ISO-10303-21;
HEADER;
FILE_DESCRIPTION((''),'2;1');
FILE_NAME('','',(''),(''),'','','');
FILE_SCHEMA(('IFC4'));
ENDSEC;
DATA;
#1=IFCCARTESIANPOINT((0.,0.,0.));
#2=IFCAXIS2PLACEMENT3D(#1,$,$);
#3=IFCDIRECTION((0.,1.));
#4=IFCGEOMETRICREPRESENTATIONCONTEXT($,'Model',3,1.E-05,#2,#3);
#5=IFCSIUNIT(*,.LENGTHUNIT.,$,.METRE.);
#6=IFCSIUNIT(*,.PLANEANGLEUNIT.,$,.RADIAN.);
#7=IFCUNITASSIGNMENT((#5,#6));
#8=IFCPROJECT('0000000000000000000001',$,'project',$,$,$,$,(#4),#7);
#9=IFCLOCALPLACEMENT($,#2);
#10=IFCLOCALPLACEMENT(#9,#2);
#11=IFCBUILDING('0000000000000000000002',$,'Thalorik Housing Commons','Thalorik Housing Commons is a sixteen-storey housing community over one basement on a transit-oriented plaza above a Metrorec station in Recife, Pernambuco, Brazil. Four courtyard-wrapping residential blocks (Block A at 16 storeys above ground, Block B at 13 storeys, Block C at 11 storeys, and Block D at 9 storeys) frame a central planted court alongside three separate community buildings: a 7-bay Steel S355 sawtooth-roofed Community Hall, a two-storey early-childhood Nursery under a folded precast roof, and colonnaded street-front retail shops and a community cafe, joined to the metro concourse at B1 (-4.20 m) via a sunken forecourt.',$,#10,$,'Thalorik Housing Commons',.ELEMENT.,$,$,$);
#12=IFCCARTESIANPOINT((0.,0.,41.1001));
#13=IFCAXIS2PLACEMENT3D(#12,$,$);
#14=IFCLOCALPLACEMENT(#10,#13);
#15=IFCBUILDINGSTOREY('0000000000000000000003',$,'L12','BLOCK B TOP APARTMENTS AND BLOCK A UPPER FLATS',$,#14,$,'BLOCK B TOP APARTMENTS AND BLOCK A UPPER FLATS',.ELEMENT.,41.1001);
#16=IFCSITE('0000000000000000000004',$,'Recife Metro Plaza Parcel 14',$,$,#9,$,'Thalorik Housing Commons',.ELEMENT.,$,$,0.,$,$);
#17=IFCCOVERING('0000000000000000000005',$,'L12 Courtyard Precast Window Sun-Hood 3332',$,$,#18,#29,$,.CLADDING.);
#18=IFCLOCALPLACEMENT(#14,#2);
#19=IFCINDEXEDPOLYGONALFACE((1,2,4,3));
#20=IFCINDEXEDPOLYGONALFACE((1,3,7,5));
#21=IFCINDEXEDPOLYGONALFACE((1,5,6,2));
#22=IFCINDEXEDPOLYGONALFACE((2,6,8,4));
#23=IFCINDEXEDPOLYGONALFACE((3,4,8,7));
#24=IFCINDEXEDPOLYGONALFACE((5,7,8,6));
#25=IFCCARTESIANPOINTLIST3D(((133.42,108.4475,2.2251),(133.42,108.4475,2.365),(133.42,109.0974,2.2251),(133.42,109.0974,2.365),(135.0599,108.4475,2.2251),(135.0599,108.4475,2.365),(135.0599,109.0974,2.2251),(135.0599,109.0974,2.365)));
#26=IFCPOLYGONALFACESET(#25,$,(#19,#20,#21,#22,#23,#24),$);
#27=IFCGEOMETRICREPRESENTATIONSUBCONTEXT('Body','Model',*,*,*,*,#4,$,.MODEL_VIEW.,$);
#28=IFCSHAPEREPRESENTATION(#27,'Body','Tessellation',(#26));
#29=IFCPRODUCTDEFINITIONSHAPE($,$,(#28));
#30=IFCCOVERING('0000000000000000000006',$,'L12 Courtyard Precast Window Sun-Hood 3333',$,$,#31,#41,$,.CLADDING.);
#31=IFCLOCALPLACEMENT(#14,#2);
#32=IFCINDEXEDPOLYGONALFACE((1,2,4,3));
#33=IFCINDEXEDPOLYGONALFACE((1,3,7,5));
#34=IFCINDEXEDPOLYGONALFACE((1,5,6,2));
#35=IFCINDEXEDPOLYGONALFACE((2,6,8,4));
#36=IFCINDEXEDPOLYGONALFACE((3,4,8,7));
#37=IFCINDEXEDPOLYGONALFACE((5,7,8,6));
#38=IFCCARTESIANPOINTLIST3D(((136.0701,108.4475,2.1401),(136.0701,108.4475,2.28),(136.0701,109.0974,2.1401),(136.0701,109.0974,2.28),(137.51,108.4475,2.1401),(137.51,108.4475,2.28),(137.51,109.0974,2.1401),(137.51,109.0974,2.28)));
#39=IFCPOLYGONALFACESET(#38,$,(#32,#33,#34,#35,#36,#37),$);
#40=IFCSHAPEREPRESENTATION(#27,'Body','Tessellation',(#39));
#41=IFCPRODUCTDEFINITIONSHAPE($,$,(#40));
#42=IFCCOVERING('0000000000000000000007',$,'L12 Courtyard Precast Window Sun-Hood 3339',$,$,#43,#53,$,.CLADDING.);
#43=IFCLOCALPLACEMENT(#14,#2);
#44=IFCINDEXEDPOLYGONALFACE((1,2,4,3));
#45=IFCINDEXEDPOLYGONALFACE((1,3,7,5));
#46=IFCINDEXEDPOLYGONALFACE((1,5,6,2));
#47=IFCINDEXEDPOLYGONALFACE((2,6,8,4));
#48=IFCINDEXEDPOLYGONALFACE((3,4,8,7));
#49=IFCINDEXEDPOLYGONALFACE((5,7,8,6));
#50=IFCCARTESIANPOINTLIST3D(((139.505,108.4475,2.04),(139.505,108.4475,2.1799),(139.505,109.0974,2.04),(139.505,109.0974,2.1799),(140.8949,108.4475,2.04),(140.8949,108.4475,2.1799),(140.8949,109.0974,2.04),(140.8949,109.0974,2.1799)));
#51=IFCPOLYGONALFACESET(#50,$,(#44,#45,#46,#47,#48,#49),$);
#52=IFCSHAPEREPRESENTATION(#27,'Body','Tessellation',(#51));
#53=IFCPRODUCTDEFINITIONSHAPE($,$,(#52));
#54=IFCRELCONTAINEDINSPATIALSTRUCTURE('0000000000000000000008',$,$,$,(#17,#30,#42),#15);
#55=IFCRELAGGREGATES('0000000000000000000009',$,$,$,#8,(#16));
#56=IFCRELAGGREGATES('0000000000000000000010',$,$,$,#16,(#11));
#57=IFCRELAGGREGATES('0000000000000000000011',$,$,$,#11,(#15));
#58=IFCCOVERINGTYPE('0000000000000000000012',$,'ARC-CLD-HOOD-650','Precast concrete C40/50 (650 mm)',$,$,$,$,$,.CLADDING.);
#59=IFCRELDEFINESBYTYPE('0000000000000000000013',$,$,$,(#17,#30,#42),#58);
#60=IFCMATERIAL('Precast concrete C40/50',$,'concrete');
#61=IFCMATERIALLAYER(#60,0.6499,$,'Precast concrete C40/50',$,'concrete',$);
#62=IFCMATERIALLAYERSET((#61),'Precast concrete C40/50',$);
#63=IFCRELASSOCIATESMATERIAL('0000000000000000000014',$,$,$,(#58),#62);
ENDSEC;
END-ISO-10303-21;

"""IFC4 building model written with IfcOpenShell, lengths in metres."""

from ifc_helpers import new_model, si_unit, direction, frame, origin, origin_2d, place, context, subcontext, project, spatial, rectangle, extrude, material, layer, layer_set, type_object, element, save


model = new_model("IFC4")

# Units and contexts
model_context = context("Model", 3, precision=1e-05, world=origin(), true_north=direction((0.0, 1.0)))
body_context = subcontext(model_context, "Body", "Model", "MODEL_VIEW")
ifc_project = project(units=[si_unit("LENGTHUNIT", "METRE"), si_unit("PLANEANGLEUNIT", "RADIAN")], contexts=[model_context])

# Site, building, storey
site_placement = place(None, origin())
site = spatial("IfcSite", under=ifc_project, at=site_placement, Name="Recife Metro Plaza Parcel 14", LongName="Thalorik Housing Commons", CompositionType="ELEMENT", RefElevation=0.0)
building_placement = place(site_placement, origin())
building = spatial("IfcBuilding", under=site, at=building_placement, Name="Thalorik Housing Commons", Description="Thalorik Housing Commons is a sixteen-storey housing community over one basement on a transit-oriented plaza above a Metrorec station in Recife, Pernambuco, Brazil. Four courtyard-wrapping residential blocks (Block A at 16 storeys above ground, Block B at 13 storeys, Block C at 11 storeys, and Block D at 9 storeys) frame a central planted court alongside three separate community buildings: a 7-bay Steel S355 sawtooth-roofed Community Hall, a two-storey early-childhood Nursery under a folded precast roof, and colonnaded street-front retail shops and a community cafe, joined to the metro concourse at B1 (-4.20 m) via a sunken forecourt.", LongName="Thalorik Housing Commons", CompositionType="ELEMENT")
storey_placement = place(building_placement, frame((0.0, 0.0, 41.1001)))
storey = spatial("IfcBuildingStorey", under=building, at=storey_placement, Name="L12", Description="BLOCK B TOP APARTMENTS AND BLOCK A UPPER FLATS", LongName="BLOCK B TOP APARTMENTS AND BLOCK A UPPER FLATS", CompositionType="ELEMENT", Elevation=41.1001)

# Shared definitions
ifc_material_1 = material(Name="Precast concrete C40/50", Category="concrete")

# Coverings
ifc_layer_1 = layer(ifc_material_1, 0.6499, Name="Precast concrete C40/50", Category="concrete")
ifc_layer_set_1 = layer_set([ifc_layer_1], Name="Precast concrete C40/50")
covering_type_1 = type_object("IfcCoveringType", Name="ARC-CLD-HOOD-650", Description="Precast concrete C40/50 (650 mm)", PredefinedType="CLADDING", material=ifc_layer_set_1)
covering_1_placement = place(storey_placement, frame((134.24, 108.7725, 2.2251), z_axis=(0.0, 0.0, 1.0), x_axis=(1.0, 0.0, 0.0)))
element("IfcCovering", 1, at=covering_1_placement, inside=storey, type_object=covering_type_1, Name="L12 Courtyard Precast Window Sun-Hood 3332", PredefinedType="CLADDING", context=body_context, shape_type="SweptSolid", body=[
    extrude(rectangle(XDim=1.6399, YDim=0.6499, at=origin_2d()), origin(), (0.0, 0.0, 1.0), 0.1399),
])
covering_2_placement = place(storey_placement, frame((136.79, 108.7725, 2.1401), z_axis=(0.0, 0.0, 1.0), x_axis=(1.0, 0.0, 0.0)))
element("IfcCovering", 2, at=covering_2_placement, inside=storey, type_object=covering_type_1, Name="L12 Courtyard Precast Window Sun-Hood 3333", PredefinedType="CLADDING", context=body_context, shape_type="SweptSolid", body=[
    extrude(rectangle(XDim=1.4399, YDim=0.6499, at=origin_2d()), origin(), (0.0, 0.0, 1.0), 0.1399),
])
covering_3_placement = place(storey_placement, frame((140.2, 108.7725, 2.04), z_axis=(0.0, 0.0, 1.0), x_axis=(1.0, 0.0, 0.0)))
element("IfcCovering", 3, at=covering_3_placement, inside=storey, type_object=covering_type_1, Name="L12 Courtyard Precast Window Sun-Hood 3339", PredefinedType="CLADDING", context=body_context, shape_type="SweptSolid", body=[
    extrude(rectangle(XDim=1.3899, YDim=0.6499, at=origin_2d()), origin(), (0.0, 0.0, 1.0), 0.1399),
])

save(model, "model.ifc")
